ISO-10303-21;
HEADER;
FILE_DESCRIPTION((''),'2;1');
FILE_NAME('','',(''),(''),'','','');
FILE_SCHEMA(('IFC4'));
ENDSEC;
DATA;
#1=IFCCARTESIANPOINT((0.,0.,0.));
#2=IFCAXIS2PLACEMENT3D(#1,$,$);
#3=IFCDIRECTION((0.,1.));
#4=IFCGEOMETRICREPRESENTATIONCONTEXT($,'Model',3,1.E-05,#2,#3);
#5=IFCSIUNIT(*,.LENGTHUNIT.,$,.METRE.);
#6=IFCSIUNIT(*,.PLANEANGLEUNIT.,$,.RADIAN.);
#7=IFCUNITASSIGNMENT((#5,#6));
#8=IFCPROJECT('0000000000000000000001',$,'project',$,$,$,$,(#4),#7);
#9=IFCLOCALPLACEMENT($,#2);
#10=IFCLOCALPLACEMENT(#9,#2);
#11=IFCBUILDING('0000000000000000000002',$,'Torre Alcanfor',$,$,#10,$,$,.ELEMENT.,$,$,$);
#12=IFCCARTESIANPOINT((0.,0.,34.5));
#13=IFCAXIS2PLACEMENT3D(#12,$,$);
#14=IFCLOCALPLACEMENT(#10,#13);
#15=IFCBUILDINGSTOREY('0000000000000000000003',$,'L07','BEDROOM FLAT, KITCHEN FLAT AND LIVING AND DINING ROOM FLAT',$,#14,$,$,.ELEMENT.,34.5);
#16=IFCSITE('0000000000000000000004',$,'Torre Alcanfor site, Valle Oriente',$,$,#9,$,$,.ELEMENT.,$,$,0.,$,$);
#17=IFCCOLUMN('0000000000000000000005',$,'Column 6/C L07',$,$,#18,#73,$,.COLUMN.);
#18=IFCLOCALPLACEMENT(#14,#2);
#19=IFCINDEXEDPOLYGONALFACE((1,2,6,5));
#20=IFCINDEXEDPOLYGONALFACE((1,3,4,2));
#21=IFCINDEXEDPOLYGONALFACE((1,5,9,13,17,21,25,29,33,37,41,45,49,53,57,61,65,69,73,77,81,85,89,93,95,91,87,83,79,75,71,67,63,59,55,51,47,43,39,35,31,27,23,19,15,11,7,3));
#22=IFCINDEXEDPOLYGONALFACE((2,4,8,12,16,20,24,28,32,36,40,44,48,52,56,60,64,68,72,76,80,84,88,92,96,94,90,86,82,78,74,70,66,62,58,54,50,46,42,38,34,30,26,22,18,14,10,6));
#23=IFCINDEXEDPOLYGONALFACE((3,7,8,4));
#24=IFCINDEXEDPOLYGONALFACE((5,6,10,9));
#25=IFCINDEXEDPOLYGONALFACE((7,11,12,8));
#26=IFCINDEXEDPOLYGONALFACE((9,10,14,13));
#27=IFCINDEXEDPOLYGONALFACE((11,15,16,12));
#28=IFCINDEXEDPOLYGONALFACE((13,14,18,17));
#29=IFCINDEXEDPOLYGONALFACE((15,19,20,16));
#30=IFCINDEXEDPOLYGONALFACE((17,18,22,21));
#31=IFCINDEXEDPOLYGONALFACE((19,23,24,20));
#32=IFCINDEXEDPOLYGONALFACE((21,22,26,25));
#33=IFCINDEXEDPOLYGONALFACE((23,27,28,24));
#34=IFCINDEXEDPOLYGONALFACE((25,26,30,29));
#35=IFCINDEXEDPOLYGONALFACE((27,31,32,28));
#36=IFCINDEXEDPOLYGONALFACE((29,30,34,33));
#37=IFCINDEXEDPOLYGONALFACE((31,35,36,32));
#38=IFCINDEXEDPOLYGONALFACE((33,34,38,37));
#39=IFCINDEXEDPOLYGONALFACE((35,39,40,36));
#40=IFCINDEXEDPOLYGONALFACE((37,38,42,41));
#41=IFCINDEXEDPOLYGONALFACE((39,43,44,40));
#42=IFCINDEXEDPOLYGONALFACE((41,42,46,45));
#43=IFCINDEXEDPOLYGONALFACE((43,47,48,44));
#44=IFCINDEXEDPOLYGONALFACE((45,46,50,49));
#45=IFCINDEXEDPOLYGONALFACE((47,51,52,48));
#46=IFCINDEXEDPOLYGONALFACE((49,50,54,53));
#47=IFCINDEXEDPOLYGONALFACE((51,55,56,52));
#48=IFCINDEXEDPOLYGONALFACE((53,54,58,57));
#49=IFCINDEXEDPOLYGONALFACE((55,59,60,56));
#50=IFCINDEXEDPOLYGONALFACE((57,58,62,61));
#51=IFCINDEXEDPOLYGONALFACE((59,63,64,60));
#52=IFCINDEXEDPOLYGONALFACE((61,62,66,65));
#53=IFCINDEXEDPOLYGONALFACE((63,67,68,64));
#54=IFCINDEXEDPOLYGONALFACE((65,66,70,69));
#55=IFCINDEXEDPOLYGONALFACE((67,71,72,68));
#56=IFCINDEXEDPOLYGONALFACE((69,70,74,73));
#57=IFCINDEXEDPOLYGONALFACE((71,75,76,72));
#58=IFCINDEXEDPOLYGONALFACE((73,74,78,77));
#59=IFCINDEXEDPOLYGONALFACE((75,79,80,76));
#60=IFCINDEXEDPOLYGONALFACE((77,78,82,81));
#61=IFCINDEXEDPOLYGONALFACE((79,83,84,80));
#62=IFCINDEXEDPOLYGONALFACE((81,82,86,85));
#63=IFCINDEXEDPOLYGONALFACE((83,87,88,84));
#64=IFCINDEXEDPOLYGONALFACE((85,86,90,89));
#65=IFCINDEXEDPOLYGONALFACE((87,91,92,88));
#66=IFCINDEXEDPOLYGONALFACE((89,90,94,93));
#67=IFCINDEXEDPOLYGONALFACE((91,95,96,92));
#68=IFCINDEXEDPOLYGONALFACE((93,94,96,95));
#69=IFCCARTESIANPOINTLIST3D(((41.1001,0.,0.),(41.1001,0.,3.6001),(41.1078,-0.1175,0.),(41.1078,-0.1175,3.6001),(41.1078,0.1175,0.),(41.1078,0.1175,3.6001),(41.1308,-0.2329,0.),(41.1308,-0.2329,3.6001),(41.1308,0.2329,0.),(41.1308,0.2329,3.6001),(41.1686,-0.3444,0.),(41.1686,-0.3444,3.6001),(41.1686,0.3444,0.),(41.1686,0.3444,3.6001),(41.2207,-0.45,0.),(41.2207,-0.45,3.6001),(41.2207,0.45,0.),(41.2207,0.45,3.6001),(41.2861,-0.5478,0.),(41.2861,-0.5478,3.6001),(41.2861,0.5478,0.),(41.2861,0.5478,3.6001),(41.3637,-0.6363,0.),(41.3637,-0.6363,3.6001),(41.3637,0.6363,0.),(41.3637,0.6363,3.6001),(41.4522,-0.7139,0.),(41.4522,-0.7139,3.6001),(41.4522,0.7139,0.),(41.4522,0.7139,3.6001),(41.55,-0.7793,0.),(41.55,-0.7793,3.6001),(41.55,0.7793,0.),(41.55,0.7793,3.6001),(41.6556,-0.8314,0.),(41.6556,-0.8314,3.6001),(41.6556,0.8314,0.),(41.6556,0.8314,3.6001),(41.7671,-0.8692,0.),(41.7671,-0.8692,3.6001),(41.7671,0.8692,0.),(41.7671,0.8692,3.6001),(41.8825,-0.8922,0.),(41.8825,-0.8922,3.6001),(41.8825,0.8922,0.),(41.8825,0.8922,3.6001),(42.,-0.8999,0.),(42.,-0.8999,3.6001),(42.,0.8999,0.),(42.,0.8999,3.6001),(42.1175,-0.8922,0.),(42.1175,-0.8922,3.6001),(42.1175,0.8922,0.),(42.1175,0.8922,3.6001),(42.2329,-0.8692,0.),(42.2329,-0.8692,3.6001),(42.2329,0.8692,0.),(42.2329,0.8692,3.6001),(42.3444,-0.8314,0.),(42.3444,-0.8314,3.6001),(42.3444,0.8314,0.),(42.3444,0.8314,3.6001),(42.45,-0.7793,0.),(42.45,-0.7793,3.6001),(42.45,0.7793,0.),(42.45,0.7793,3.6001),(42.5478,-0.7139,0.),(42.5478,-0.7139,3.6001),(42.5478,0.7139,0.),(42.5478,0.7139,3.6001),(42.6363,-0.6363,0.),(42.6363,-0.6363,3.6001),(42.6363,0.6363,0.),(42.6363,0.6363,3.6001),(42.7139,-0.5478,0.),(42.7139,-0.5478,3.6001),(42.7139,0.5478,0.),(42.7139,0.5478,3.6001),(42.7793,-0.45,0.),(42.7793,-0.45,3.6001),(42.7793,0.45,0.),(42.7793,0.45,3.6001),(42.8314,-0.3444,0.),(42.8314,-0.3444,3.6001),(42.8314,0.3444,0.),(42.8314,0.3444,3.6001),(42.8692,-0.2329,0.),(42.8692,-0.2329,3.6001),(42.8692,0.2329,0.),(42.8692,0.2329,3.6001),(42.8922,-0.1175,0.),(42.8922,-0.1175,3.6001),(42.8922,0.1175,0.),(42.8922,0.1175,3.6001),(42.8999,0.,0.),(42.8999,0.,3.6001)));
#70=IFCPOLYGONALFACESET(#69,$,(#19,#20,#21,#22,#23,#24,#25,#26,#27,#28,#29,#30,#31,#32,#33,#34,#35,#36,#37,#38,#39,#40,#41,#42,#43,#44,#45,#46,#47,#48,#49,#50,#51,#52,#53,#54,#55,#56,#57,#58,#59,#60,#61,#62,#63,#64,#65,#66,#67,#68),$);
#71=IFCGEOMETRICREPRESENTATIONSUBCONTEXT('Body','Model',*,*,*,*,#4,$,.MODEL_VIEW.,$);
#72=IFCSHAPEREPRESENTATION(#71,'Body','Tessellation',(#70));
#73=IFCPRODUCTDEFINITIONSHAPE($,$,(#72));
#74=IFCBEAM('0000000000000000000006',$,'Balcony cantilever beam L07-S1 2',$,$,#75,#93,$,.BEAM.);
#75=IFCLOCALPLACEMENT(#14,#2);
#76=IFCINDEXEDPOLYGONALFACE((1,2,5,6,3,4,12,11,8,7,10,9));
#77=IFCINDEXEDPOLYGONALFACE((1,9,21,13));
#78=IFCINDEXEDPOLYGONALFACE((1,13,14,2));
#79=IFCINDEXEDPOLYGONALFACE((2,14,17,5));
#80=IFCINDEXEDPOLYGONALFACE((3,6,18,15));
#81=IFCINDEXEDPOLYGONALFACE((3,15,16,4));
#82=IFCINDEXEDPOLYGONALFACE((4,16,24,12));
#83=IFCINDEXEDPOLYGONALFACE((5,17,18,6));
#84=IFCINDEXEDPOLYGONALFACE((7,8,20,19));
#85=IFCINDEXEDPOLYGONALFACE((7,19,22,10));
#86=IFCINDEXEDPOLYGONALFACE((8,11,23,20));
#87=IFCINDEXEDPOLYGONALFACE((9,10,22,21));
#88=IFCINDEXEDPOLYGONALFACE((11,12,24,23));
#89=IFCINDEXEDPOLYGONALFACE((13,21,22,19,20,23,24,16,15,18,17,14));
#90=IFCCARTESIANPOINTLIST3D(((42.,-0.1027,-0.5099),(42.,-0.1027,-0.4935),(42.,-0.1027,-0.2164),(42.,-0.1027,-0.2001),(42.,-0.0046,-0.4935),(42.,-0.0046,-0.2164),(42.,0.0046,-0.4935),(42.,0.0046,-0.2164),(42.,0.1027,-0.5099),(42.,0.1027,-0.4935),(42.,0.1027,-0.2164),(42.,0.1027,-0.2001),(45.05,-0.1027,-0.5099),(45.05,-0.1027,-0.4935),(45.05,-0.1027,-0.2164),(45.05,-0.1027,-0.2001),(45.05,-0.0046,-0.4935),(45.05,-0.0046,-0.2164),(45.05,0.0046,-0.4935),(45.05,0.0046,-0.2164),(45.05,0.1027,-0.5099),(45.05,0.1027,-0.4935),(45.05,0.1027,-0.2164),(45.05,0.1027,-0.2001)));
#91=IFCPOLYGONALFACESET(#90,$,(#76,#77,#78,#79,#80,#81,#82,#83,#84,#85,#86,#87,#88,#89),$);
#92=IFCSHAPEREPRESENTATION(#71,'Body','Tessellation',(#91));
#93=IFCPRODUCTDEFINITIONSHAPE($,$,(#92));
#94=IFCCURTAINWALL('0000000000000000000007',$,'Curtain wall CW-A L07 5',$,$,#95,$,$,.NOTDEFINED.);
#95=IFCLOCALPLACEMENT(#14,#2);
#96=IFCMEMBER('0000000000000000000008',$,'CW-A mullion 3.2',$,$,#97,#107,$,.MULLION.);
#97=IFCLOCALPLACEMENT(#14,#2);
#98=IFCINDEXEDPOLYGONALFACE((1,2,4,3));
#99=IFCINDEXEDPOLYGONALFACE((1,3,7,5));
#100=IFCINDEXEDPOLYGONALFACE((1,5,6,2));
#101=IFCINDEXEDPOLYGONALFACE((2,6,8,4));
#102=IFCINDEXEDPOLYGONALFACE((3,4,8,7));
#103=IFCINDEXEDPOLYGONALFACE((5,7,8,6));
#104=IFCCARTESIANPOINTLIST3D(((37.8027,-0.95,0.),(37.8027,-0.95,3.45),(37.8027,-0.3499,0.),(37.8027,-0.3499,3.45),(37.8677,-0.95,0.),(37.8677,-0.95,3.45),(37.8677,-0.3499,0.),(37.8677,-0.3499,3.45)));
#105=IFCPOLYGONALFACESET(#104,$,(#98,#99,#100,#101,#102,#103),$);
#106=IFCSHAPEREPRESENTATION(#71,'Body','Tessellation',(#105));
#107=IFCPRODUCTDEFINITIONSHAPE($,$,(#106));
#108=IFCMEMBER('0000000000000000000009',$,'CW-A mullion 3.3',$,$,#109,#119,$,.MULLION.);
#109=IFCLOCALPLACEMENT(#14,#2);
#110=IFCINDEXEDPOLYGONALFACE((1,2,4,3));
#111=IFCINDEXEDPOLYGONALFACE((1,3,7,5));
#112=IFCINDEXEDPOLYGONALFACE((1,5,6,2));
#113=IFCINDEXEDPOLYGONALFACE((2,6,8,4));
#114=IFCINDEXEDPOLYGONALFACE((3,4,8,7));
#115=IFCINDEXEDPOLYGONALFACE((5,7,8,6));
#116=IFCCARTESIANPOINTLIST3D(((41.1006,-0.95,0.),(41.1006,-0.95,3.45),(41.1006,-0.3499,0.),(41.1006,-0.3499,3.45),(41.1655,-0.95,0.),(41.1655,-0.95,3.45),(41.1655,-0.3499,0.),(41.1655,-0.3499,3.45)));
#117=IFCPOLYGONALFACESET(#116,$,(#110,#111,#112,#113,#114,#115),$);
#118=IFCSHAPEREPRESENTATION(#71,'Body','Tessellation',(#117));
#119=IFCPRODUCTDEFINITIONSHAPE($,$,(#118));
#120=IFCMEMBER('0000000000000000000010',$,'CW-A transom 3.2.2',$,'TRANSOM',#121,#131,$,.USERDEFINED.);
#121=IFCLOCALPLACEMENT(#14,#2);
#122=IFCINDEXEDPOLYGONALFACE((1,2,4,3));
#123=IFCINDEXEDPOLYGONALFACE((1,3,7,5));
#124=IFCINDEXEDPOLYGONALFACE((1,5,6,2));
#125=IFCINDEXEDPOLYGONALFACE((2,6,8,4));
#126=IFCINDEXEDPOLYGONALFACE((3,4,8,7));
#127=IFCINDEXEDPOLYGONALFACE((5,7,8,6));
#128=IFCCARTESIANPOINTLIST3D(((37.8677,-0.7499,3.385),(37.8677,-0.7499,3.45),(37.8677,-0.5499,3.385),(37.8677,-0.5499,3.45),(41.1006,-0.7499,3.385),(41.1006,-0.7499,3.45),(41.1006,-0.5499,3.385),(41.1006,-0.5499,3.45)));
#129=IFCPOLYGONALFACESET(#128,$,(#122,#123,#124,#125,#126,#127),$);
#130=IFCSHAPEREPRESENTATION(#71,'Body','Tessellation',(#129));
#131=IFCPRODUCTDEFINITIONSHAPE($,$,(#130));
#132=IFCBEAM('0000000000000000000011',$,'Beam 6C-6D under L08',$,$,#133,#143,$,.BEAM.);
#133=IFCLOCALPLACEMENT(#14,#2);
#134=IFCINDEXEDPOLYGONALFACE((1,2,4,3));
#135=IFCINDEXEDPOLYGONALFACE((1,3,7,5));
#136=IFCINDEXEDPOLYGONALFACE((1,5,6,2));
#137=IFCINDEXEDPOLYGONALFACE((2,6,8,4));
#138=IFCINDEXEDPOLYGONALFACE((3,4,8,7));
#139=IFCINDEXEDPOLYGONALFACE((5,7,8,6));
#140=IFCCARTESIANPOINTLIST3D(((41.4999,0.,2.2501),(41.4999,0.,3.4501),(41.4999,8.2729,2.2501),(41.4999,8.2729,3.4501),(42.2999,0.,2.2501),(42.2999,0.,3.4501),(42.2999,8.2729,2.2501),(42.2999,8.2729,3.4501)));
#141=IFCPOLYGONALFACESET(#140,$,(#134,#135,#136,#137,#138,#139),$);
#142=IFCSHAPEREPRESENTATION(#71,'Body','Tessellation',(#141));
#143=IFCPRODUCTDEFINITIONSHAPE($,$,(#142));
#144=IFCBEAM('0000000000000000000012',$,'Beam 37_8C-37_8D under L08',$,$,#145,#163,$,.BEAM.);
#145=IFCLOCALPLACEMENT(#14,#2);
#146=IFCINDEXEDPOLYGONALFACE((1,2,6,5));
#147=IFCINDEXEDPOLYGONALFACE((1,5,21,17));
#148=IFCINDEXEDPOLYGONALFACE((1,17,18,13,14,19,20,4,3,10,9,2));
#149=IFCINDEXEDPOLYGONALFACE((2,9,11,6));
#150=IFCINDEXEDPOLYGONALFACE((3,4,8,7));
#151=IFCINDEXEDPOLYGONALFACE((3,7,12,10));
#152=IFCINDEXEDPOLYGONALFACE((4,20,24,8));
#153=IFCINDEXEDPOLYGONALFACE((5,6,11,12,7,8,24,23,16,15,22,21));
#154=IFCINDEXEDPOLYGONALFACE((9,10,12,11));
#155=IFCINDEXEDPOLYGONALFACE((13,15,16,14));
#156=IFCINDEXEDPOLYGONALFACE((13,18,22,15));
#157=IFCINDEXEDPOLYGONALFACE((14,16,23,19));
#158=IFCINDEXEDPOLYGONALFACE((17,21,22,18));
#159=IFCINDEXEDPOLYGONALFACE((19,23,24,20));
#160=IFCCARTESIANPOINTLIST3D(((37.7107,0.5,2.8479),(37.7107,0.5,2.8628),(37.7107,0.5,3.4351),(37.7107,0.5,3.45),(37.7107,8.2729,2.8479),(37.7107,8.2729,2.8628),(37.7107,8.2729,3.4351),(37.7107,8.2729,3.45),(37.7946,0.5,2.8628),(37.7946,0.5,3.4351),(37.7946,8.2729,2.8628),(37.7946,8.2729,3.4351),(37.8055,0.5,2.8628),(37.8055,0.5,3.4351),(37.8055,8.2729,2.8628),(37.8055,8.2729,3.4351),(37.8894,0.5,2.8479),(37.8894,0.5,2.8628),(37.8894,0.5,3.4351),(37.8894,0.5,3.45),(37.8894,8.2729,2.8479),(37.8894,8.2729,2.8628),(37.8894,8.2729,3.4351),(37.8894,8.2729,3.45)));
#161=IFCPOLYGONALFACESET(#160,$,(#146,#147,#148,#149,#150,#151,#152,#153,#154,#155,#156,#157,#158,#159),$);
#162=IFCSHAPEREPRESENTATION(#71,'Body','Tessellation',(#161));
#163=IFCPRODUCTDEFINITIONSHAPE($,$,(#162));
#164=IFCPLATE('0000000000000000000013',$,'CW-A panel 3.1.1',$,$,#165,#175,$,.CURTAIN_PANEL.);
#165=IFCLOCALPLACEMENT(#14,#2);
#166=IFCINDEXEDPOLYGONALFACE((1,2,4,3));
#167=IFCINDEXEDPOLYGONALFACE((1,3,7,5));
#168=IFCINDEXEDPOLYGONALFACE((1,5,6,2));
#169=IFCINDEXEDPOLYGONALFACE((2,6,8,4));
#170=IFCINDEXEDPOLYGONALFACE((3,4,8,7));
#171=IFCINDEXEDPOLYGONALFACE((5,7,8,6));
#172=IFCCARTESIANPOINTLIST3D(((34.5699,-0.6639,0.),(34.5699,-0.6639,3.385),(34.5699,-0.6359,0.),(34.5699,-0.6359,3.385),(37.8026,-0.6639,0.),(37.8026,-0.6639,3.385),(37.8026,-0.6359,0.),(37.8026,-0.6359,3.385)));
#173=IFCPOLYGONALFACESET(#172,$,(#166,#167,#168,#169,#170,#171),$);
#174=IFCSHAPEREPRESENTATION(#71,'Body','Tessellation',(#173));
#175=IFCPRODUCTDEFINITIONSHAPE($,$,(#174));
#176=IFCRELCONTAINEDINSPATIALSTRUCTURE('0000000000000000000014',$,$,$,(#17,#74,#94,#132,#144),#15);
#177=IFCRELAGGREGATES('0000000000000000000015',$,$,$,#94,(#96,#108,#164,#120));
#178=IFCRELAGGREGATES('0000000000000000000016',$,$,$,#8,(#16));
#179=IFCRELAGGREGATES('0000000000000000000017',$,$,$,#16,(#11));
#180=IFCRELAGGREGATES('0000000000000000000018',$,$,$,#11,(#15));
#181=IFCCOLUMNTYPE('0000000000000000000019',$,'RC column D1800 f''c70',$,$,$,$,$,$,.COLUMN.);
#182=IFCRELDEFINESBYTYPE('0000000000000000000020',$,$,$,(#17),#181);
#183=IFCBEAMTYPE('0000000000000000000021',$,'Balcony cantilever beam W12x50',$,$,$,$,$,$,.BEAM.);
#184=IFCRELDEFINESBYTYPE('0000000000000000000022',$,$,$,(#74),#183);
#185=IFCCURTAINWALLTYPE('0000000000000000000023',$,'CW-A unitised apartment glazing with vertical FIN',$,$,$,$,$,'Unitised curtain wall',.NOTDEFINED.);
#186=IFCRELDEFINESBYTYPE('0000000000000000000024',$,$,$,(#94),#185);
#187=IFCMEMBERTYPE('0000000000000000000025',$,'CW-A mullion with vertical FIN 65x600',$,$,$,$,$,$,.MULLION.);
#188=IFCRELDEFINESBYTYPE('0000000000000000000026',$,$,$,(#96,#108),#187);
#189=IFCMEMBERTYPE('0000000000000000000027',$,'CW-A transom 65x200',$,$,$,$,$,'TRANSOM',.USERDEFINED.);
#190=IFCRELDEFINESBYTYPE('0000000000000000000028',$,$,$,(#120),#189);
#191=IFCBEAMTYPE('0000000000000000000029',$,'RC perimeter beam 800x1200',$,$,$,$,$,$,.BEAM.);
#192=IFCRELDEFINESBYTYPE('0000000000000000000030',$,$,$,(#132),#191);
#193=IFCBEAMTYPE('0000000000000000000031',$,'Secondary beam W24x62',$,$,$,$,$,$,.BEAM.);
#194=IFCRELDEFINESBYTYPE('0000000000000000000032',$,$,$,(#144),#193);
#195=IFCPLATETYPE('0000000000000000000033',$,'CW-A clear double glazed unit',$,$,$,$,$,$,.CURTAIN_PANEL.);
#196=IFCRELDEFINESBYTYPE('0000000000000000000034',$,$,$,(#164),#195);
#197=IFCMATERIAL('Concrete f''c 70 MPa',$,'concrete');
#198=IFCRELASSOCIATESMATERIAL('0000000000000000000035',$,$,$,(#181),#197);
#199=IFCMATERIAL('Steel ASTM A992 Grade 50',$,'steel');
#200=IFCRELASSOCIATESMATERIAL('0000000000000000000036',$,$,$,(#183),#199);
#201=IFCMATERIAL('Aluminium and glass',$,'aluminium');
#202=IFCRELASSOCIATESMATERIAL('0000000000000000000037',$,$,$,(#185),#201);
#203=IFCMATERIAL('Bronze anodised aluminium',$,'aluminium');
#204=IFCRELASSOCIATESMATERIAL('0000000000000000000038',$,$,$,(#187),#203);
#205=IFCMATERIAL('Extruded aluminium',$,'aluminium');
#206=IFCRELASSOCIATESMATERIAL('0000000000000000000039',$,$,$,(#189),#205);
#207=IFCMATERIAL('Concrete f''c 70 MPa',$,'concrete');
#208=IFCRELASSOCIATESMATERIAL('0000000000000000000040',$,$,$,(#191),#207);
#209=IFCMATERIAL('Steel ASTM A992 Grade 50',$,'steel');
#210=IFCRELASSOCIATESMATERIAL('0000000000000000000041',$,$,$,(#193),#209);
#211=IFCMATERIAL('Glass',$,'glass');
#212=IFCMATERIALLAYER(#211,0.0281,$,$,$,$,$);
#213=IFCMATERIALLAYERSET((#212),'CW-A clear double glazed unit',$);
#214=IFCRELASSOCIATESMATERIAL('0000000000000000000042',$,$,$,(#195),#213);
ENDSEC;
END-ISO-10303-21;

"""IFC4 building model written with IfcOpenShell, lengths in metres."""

from ifc_helpers import new_model, si_unit, direction, frame, origin, origin_2d, place, context, subcontext, project, spatial, rectangle, circle, i_section, extrude, material, layer, layer_set, material_profile, profile_set, type_object, element, aggregate, save


model = new_model("IFC4")

# Units and contexts
model_context = context("Model", 3, precision=1e-05, world=origin(), true_north=direction((0.0, 1.0)))
body_context = subcontext(model_context, "Body", "Model", "MODEL_VIEW")
ifc_project = project(units=[si_unit("LENGTHUNIT", "METRE"), si_unit("PLANEANGLEUNIT", "RADIAN")], contexts=[model_context])

# Site, building, storey
site_placement = place(None, origin())
site = spatial("IfcSite", under=ifc_project, at=site_placement, Name="Torre Alcanfor site, Valle Oriente", CompositionType="ELEMENT", RefElevation=0.0)
building_placement = place(site_placement, origin())
building = spatial("IfcBuilding", under=site, at=building_placement, Name="Torre Alcanfor", CompositionType="ELEMENT")
storey_placement = place(building_placement, frame((0.0, 0.0, 34.5)))
storey = spatial("IfcBuildingStorey", under=building, at=storey_placement, Name="L07", Description="BEDROOM FLAT, KITCHEN FLAT AND LIVING AND DINING ROOM FLAT", CompositionType="ELEMENT", Elevation=34.5)

# Column
ifc_material_1 = material(Name="Concrete f'c 70 MPa", Category="concrete")
ifc_material_profile_1 = material_profile(ifc_material_1, circle(Radius=0.8999, at=origin_2d()), Name="D1800")
ifc_profile_set_1 = profile_set([ifc_material_profile_1], Name="Concrete f'c 70 MPa")
column_type = type_object("IfcColumnType", Name="RC column D1800 f'c70", PredefinedType="COLUMN", material=ifc_profile_set_1)
column_placement = place(storey_placement, frame((42.0, 0.0, 0.0), z_axis=(0.0, 0.0, 1.0), x_axis=(1.0, 0.0, 0.0)))
element("IfcColumn", 1, at=column_placement, inside=storey, type_object=column_type, Name="Column 6/C L07", PredefinedType="COLUMN", context=body_context, shape_type="SweptSolid", body=[
    extrude(circle(Radius=0.8999, at=origin_2d()), origin(), (0.0, 0.0, 1.0), 3.6001),
])

# Beam
ifc_material_2 = material(Name="Steel ASTM A992 Grade 50", Category="steel")
ifc_material_profile_2 = material_profile(ifc_material_2, i_section(OverallWidth=0.2053, OverallDepth=0.3098, WebThickness=0.0093, FlangeThickness=0.0164, at=origin_2d()), Name="W12x50")
ifc_profile_set_2 = profile_set([ifc_material_profile_2], Name="Steel ASTM A992 Grade 50")
beam_type_1 = type_object("IfcBeamType", Name="Balcony cantilever beam W12x50", PredefinedType="BEAM", material=ifc_profile_set_2)
beam_1_placement = place(storey_placement, frame((42.0, 0.0, -0.355), z_axis=(1.0, 0.0, 0.0), x_axis=(0.0, 1.0, 0.0)))
element("IfcBeam", 2, at=beam_1_placement, inside=storey, type_object=beam_type_1, Name="Balcony cantilever beam L07-S1 2", PredefinedType="BEAM", context=body_context, shape_type="SweptSolid", body=[
    extrude(i_section(OverallWidth=0.2053, OverallDepth=0.3098, WebThickness=0.0093, FlangeThickness=0.0164, at=origin_2d()), origin(), (0.0, 0.0, 1.0), 3.05),
])

# Curtain wall, members
ifc_material_3 = material(Name="Aluminium and glass", Category="aluminium")
curtain_wall_type = type_object("IfcCurtainWallType", Name="CW-A unitised apartment glazing with vertical FIN", ElementType="Unitised curtain wall", PredefinedType="NOTDEFINED", material=ifc_material_3)
curtain_wall_placement = place(storey_placement, origin())
curtain_wall = element("IfcCurtainWall", 3, at=curtain_wall_placement, inside=storey, type_object=curtain_wall_type, Name="Curtain wall CW-A L07 5", PredefinedType="NOTDEFINED")
ifc_material_4 = material(Name="Bronze anodised aluminium", Category="aluminium")
ifc_material_profile_3 = material_profile(ifc_material_4, rectangle(XDim=0.6001, YDim=0.0649, at=origin_2d()), Name="CW-A mullion 65x600")
ifc_profile_set_3 = profile_set([ifc_material_profile_3], Name="Bronze anodised aluminium")
member_type_1 = type_object("IfcMemberType", Name="CW-A mullion with vertical FIN 65x600", PredefinedType="MULLION", material=ifc_profile_set_3)
member_1_placement = place(storey_placement, frame((37.8352, -0.6499, 0.0), z_axis=(0.0, 0.0, 1.0), x_axis=(0.0, 1.0, 0.0)))
member_1 = element("IfcMember", 4, at=member_1_placement, type_object=member_type_1, Name="CW-A mullion 3.2", PredefinedType="MULLION", context=body_context, shape_type="SweptSolid", body=[
    extrude(rectangle(XDim=0.6001, YDim=0.0649, at=origin_2d()), origin(), (0.0, 0.0, 1.0), 3.45),
])
member_2_placement = place(storey_placement, frame((41.1331, -0.6499, 0.0), z_axis=(0.0, 0.0, 1.0), x_axis=(0.0, 1.0, 0.0)))
member_2 = element("IfcMember", 5, at=member_2_placement, type_object=member_type_1, Name="CW-A mullion 3.3", PredefinedType="MULLION", context=body_context, shape_type="SweptSolid", body=[
    extrude(rectangle(XDim=0.6001, YDim=0.0649, at=origin_2d()), origin(), (0.0, 0.0, 1.0), 3.45),
])
ifc_material_5 = material(Name="Extruded aluminium", Category="aluminium")
ifc_material_profile_4 = material_profile(ifc_material_5, rectangle(XDim=0.2, YDim=0.0649, at=origin_2d()), Name="CW-A transom 200x65")
ifc_profile_set_4 = profile_set([ifc_material_profile_4], Name="Extruded aluminium")
member_type_2 = type_object("IfcMemberType", Name="CW-A transom 65x200", ElementType="TRANSOM", PredefinedType="USERDEFINED", material=ifc_profile_set_4)
member_3_placement = place(storey_placement, frame((37.8677, -0.6499, 3.4175), z_axis=(1.0, 0.0, 0.0), x_axis=(0.0, 1.0, 0.0)))
member_3 = element("IfcMember", 6, at=member_3_placement, type_object=member_type_2, Name="CW-A transom 3.2.2", ObjectType="TRANSOM", PredefinedType="USERDEFINED", context=body_context, shape_type="SweptSolid", body=[
    extrude(rectangle(XDim=0.2, YDim=0.0649, at=origin_2d()), origin(), (0.0, 0.0, 1.0), 3.2329),
])

# Beams
ifc_material_6 = material(Name="Concrete f'c 70 MPa", Category="concrete")
ifc_material_profile_5 = material_profile(ifc_material_6, rectangle(XDim=0.8, YDim=1.2, at=origin_2d()), Name="800x1200")
ifc_profile_set_5 = profile_set([ifc_material_profile_5], Name="Concrete f'c 70 MPa")
beam_type_2 = type_object("IfcBeamType", Name="RC perimeter beam 800x1200", PredefinedType="BEAM", material=ifc_profile_set_5)
beam_2_placement = place(storey_placement, frame((41.8999, 0.0, 2.8501), z_axis=(0.0, 1.0, 0.0), x_axis=(-1.0, 0.0, 0.0)))
element("IfcBeam", 7, at=beam_2_placement, inside=storey, type_object=beam_type_2, Name="Beam 6C-6D under L08", PredefinedType="BEAM", context=body_context, shape_type="SweptSolid", body=[
    extrude(rectangle(XDim=0.8, YDim=1.2, at=origin_2d()), origin(), (0.0, 0.0, 1.0), 8.2729),
])
ifc_material_7 = material(Name="Steel ASTM A992 Grade 50", Category="steel")
ifc_material_profile_6 = material_profile(ifc_material_7, i_section(OverallWidth=0.1787, OverallDepth=0.6021, WebThickness=0.011, FlangeThickness=0.0149, at=origin_2d()), Name="W24x62")
ifc_profile_set_6 = profile_set([ifc_material_profile_6], Name="Steel ASTM A992 Grade 50")
beam_type_3 = type_object("IfcBeamType", Name="Secondary beam W24x62", PredefinedType="BEAM", material=ifc_profile_set_6)
beam_3_placement = place(storey_placement, frame((37.8, 0.5, 3.1489), z_axis=(0.0, 1.0, 0.0), x_axis=(-1.0, 0.0, 0.0)))
element("IfcBeam", 8, at=beam_3_placement, inside=storey, type_object=beam_type_3, Name="Beam 37_8C-37_8D under L08", PredefinedType="BEAM", context=body_context, shape_type="SweptSolid", body=[
    extrude(i_section(OverallWidth=0.1787, OverallDepth=0.6021, WebThickness=0.011, FlangeThickness=0.0149, at=origin_2d()), origin(), (0.0, 0.0, 1.0), 7.7729),
])

# Plate
ifc_material_8 = material(Name="Glass", Category="glass")
ifc_layer_1 = layer(ifc_material_8, 0.0281)
ifc_layer_set_1 = layer_set([ifc_layer_1], Name="CW-A clear double glazed unit")
plate_type = type_object("IfcPlateType", Name="CW-A clear double glazed unit", PredefinedType="CURTAIN_PANEL", material=ifc_layer_set_1)
plate_1_placement = place(storey_placement, frame((36.1863, -0.6499, 0.0), z_axis=(0.0, 0.0, 1.0), x_axis=(1.0, 0.0, 0.0)))
plate_1 = element("IfcPlate", 9, at=plate_1_placement, type_object=plate_type, Name="CW-A panel 3.1.1", PredefinedType="CURTAIN_PANEL", context=body_context, shape_type="SweptSolid", body=[
    extrude(rectangle(XDim=3.2327, YDim=0.0281, at=origin_2d()), origin(), (0.0, 0.0, 1.0), 3.385),
])
aggregate(curtain_wall, [member_1, member_2, plate_1, member_3])

save(model, "model.ifc")
